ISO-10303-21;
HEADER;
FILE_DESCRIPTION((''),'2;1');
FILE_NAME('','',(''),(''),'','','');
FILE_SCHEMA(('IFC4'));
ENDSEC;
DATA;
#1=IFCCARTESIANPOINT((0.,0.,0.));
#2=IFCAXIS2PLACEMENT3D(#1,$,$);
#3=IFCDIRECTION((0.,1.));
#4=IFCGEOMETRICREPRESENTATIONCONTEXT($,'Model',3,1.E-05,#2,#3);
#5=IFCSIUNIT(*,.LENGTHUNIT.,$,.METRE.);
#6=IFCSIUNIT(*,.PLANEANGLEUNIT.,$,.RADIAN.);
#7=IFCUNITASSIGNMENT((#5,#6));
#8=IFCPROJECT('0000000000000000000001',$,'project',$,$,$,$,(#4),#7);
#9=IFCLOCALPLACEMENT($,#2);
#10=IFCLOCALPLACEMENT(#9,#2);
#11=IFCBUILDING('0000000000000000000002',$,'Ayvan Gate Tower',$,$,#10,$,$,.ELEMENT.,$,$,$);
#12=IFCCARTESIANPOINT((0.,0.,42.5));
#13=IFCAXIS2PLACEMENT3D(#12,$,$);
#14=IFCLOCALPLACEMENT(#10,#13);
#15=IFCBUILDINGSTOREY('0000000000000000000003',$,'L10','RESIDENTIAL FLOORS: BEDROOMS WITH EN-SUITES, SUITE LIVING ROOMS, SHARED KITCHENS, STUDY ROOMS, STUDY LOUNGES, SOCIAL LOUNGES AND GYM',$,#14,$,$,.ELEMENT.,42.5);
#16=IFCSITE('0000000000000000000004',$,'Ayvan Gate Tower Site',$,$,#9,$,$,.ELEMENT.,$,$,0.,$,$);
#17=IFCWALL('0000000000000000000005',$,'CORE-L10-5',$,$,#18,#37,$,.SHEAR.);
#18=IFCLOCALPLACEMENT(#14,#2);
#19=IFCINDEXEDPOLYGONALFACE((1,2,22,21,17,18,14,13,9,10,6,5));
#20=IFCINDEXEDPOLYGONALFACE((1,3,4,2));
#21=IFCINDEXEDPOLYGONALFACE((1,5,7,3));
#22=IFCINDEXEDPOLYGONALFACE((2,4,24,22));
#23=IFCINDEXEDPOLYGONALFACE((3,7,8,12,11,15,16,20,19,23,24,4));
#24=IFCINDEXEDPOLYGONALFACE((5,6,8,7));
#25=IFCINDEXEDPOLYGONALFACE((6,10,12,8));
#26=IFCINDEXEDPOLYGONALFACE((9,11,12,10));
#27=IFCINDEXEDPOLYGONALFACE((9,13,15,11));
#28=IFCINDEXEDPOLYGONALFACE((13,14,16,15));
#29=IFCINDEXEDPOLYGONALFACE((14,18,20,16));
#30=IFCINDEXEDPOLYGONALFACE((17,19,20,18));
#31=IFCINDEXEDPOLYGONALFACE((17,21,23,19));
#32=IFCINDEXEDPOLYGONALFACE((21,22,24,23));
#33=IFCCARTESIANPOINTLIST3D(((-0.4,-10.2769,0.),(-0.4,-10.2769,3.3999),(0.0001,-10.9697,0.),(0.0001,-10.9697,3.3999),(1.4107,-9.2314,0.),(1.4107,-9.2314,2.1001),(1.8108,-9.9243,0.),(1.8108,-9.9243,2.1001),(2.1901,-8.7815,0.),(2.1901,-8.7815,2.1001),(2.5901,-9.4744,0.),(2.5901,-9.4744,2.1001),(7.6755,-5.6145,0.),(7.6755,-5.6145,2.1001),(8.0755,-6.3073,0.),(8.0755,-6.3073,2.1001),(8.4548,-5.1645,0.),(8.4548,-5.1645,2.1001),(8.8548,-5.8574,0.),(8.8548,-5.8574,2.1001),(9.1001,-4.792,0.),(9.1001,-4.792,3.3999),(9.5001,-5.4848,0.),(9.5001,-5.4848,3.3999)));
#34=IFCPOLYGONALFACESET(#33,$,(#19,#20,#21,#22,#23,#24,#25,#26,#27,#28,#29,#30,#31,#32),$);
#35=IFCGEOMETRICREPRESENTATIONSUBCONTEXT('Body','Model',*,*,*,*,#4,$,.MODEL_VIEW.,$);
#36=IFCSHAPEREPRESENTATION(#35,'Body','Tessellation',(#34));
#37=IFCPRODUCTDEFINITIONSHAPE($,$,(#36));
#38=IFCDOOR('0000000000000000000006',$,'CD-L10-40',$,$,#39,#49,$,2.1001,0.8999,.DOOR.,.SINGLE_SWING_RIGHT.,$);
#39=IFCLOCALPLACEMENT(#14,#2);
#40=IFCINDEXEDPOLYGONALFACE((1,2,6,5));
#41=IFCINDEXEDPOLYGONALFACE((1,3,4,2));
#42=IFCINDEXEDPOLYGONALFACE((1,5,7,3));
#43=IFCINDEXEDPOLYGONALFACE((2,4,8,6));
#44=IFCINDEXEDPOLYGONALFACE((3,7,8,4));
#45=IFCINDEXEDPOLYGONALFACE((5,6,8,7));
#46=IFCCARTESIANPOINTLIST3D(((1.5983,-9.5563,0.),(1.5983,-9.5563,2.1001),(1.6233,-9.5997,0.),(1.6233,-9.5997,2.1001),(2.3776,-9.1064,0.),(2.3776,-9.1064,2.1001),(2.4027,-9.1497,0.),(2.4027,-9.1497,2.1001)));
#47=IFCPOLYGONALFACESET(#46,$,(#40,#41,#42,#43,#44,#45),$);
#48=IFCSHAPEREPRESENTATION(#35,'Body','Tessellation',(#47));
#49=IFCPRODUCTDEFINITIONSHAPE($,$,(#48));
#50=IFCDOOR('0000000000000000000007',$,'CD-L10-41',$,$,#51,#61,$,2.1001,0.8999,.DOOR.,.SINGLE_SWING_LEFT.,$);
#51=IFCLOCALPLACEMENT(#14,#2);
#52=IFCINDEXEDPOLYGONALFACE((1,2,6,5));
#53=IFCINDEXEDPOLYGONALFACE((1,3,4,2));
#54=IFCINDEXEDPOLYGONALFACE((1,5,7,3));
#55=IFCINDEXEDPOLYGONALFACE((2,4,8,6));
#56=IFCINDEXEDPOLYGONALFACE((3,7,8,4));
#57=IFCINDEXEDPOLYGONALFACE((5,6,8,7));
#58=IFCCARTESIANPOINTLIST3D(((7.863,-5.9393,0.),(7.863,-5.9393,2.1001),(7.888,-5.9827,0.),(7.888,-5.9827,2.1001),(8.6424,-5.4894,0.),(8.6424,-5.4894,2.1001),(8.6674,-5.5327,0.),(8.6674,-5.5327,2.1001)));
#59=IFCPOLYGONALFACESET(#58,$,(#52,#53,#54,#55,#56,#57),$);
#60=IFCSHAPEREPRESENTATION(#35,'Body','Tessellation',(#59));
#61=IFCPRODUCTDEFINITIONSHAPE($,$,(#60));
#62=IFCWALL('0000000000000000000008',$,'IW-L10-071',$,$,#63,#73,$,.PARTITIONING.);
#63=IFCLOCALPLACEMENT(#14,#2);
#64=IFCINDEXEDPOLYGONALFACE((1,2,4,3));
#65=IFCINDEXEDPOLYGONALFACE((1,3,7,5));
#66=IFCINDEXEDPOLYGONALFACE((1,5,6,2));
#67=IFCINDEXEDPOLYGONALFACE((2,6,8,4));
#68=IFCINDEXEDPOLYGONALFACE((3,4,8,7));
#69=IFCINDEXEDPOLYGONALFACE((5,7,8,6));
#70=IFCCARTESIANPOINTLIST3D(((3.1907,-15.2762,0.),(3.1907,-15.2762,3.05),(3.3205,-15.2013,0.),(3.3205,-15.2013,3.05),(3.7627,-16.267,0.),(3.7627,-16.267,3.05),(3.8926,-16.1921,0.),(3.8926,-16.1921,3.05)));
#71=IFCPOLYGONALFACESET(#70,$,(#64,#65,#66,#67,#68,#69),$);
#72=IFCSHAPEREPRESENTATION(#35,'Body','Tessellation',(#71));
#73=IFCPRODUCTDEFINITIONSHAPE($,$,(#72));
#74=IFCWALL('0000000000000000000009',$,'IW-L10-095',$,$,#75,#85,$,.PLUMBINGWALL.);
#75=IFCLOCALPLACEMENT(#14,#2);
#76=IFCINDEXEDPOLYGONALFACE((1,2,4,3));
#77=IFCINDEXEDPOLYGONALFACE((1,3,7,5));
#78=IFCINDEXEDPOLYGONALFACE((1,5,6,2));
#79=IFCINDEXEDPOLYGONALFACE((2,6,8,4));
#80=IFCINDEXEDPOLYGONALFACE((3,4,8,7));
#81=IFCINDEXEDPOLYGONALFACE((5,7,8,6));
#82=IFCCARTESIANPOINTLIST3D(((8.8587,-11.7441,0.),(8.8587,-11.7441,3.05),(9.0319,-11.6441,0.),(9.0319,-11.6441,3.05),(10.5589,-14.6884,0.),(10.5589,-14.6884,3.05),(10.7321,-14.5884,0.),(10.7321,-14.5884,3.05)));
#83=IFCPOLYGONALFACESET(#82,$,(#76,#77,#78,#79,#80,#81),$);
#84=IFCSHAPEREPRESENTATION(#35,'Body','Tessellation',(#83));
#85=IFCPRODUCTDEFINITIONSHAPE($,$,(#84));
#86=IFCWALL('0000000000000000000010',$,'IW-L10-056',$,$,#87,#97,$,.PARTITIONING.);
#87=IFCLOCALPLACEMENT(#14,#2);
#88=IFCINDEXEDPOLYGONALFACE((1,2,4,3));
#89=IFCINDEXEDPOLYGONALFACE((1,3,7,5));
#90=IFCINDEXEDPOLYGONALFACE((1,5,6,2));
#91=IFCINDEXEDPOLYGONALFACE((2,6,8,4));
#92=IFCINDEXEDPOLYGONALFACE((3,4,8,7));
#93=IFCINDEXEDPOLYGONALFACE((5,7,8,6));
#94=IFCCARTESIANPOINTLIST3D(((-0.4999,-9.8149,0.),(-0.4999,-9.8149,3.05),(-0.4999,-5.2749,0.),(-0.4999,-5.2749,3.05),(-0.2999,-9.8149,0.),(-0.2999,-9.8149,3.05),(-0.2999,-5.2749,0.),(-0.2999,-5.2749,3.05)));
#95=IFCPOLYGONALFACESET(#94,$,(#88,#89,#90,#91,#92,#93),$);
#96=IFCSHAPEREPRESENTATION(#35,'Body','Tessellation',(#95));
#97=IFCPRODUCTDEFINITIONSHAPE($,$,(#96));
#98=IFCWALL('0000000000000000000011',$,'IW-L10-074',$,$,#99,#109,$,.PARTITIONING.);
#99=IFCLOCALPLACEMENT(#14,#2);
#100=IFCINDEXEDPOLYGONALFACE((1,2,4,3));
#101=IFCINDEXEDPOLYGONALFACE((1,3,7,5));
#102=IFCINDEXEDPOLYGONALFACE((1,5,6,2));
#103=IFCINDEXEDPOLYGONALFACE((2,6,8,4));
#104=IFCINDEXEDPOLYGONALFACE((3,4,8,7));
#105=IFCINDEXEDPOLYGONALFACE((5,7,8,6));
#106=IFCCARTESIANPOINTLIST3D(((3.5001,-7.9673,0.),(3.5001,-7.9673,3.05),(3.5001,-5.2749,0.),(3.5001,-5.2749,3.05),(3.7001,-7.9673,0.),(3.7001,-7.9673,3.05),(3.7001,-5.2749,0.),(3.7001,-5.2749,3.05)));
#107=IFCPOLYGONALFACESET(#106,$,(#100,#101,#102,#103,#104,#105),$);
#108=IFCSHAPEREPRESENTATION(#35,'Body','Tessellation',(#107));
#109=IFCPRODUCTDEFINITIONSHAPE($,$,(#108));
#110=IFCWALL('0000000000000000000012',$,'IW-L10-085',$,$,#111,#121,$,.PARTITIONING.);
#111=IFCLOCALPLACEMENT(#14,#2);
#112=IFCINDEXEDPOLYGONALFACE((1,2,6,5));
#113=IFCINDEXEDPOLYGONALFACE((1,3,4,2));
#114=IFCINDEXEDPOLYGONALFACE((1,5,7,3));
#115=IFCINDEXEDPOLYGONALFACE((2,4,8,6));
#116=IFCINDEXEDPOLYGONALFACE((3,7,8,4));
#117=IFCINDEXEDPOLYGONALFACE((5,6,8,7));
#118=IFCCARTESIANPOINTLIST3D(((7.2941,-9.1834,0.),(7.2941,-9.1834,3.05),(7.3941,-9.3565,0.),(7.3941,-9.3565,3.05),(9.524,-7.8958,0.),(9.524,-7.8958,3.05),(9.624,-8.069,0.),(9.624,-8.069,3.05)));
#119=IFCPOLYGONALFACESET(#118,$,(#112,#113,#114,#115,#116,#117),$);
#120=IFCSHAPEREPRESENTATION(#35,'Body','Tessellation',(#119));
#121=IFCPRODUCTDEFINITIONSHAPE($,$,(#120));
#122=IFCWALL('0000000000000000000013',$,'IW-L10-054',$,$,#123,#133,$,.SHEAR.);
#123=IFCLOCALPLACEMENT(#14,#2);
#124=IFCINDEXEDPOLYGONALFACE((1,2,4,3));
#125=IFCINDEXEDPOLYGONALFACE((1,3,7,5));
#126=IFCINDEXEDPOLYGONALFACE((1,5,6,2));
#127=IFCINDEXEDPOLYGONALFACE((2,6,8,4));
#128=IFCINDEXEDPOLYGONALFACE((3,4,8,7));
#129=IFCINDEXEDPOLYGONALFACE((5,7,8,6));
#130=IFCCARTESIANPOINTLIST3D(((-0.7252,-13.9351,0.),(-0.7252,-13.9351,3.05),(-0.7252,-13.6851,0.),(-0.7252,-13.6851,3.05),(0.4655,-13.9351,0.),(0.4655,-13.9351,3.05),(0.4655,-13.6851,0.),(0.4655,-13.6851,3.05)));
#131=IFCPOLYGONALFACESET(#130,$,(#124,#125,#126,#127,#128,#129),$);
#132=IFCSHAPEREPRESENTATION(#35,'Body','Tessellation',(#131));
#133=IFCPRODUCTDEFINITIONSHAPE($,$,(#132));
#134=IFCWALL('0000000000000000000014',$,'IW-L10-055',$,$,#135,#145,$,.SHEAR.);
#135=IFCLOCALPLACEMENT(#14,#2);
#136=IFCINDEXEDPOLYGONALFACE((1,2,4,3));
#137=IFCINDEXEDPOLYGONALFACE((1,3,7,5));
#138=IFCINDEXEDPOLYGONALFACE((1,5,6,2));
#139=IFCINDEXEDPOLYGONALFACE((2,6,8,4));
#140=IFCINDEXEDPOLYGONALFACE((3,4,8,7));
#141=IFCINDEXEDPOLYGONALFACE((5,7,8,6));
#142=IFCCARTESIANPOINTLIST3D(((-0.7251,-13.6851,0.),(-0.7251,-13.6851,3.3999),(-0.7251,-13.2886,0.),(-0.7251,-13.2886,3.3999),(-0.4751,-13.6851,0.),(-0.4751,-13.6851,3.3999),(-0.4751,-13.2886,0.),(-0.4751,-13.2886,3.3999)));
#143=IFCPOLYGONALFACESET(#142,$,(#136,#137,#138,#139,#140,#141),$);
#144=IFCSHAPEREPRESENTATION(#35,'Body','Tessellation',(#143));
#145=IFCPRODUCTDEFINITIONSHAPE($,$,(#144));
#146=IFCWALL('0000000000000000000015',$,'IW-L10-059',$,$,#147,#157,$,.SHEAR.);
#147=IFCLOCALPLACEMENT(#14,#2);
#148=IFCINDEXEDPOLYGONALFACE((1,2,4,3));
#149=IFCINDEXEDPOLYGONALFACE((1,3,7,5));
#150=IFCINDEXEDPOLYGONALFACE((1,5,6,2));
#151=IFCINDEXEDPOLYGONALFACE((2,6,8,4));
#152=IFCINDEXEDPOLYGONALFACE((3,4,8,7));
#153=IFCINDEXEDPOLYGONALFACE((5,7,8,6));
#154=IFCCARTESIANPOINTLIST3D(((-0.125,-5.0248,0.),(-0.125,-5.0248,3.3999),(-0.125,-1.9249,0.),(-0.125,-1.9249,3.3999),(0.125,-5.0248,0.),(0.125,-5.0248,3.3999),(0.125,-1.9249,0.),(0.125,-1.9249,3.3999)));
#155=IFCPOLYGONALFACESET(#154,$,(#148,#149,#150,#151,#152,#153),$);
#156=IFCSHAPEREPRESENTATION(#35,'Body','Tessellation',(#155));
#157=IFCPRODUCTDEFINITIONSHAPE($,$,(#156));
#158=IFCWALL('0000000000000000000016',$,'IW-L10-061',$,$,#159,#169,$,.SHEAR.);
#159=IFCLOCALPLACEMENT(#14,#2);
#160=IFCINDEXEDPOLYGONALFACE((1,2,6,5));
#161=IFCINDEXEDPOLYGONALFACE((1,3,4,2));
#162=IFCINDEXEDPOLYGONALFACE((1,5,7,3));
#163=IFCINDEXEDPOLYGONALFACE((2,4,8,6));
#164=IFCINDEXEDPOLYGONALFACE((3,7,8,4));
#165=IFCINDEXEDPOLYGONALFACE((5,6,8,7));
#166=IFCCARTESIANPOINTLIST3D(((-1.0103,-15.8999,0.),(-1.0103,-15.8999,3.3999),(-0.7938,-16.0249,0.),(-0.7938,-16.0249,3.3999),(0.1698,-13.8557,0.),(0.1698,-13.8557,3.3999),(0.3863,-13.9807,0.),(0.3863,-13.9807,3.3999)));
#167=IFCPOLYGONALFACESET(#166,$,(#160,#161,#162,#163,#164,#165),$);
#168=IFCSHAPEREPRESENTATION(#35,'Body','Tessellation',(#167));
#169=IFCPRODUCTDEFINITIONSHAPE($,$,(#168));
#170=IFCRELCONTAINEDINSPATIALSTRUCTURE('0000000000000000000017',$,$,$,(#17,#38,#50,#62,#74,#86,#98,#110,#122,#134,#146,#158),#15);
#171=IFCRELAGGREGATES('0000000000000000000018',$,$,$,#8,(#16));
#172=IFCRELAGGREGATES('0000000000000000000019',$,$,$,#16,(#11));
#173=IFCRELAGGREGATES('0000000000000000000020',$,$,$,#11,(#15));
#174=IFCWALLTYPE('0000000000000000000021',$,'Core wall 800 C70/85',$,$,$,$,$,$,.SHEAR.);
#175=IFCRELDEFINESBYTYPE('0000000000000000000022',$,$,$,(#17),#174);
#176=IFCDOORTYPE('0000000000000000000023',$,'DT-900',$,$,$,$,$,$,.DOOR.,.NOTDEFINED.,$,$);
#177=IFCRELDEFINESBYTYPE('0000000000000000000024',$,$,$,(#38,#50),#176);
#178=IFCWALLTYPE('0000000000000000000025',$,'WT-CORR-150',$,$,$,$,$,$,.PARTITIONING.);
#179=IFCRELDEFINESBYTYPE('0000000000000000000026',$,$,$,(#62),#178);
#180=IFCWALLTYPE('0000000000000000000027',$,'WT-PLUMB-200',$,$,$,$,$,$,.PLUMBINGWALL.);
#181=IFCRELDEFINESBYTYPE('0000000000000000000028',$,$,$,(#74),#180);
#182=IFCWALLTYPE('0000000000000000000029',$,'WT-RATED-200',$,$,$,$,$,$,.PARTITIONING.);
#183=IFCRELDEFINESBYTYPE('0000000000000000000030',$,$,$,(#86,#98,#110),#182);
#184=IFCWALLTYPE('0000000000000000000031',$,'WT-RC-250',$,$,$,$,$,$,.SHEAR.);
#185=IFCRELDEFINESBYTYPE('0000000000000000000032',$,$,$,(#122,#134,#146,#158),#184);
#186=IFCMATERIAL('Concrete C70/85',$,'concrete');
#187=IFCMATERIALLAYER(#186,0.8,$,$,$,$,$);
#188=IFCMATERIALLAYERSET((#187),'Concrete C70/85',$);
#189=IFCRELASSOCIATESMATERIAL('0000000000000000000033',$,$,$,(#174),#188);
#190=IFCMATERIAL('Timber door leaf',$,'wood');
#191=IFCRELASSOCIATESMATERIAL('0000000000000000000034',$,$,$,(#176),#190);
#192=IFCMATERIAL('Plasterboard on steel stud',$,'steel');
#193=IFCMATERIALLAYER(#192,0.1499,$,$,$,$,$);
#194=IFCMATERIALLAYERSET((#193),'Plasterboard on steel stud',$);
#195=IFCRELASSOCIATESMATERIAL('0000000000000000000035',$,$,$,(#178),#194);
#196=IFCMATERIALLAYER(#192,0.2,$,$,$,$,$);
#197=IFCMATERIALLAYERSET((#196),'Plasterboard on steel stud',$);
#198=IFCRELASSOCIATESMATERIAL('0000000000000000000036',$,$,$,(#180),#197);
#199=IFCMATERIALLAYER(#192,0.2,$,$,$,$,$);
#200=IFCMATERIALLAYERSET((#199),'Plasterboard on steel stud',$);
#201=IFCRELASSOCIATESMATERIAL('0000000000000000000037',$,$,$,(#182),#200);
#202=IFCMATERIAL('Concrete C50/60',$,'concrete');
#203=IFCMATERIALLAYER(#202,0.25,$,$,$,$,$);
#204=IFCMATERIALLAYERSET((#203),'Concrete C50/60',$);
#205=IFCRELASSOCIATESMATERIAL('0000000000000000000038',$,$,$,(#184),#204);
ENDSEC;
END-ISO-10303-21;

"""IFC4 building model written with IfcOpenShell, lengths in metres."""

from ifc_helpers import new_model, si_unit, direction, frame, frame_2d, origin, place, context, subcontext, project, spatial, rectangle, extrude, material, layer, layer_set, type_object, element, fill, save


model = new_model("IFC4")

# Units and contexts
model_context = context("Model", 3, precision=1e-05, world=origin(), true_north=direction((0.0, 1.0)))
body_context = subcontext(model_context, "Body", "Model", "MODEL_VIEW")
ifc_project = project(units=[si_unit("LENGTHUNIT", "METRE"), si_unit("PLANEANGLEUNIT", "RADIAN")], contexts=[model_context])

# Site, building, storey
site_placement = place(None, origin())
site = spatial("IfcSite", under=ifc_project, at=site_placement, Name="Ayvan Gate Tower Site", CompositionType="ELEMENT", RefElevation=0.0)
building_placement = place(site_placement, origin())
building = spatial("IfcBuilding", under=site, at=building_placement, Name="Ayvan Gate Tower", CompositionType="ELEMENT")
storey_placement = place(building_placement, frame((0.0, 0.0, 42.5)))
storey = spatial("IfcBuildingStorey", under=building, at=storey_placement, Name="L10", Description="RESIDENTIAL FLOORS: BEDROOMS WITH EN-SUITES, SUITE LIVING ROOMS, SHARED KITCHENS, STUDY ROOMS, STUDY LOUNGES, SOCIAL LOUNGES AND GYM", CompositionType="ELEMENT", Elevation=42.5)

# Wall, openings, doors
ifc_material_1 = material(Name="Concrete C70/85", Category="concrete")
ifc_layer_1 = layer(ifc_material_1, 0.8)
ifc_layer_set_1 = layer_set([ifc_layer_1], Name="Concrete C70/85")
wall_type_1 = type_object("IfcWallType", Name="Core wall 800 C70/85", PredefinedType="SHEAR", material=ifc_layer_set_1)
wall_1_placement = place(storey_placement, frame((-0.2, -10.6233, 0.0), z_axis=(0.0, 0.0, 1.0), x_axis=(0.866024, 0.500002, 0.0)))
wall_1 = element("IfcWall", 1, at=wall_1_placement, inside=storey, type_object=wall_type_1, Name="CORE-L10-5", PredefinedType="SHEAR", context=body_context, shape_type="SweptSolid", body=[
    extrude(rectangle(XDim=10.9697, YDim=0.8, at=frame_2d((5.4849, 0.0))), origin(), (0.0, 0.0, 1.0), 3.3999),
])
opening_1_placement = place(wall_1_placement, frame((2.0908, 0.0, 0.0)))
opening_1 = element("IfcOpeningElement", 2, at=opening_1_placement, cuts=wall_1, PredefinedType="OPENING", context=body_context, shape_type="SweptSolid", body=[
    extrude(rectangle(XDim=0.8999, YDim=2.1001, at=frame_2d((0.45, 1.05))), frame((0.0, 0.4099, 0.0), z_axis=(0.0, -1.0, 0.0), x_axis=(1.0, 0.0, 0.0)), (0.0, 0.0, 1.0), 0.8201),
])
opening_2_placement = place(wall_1_placement, frame((9.3247, 0.0, 0.0)))
opening_2 = element("IfcOpeningElement", 3, at=opening_2_placement, cuts=wall_1, PredefinedType="OPENING", context=body_context, shape_type="SweptSolid", body=[
    extrude(rectangle(XDim=0.8999, YDim=2.1001, at=frame_2d((0.45, 1.05))), frame((0.0, 0.4099, 0.0), z_axis=(0.0, -1.0, 0.0), x_axis=(1.0, 0.0, 0.0)), (0.0, 0.0, 1.0), 0.8201),
])
ifc_material_2 = material(Name="Timber door leaf", Category="wood")
door_type_1 = type_object("IfcDoorType", Name="DT-900", OperationType="NOTDEFINED", PredefinedType="DOOR", material=ifc_material_2)
door_1_placement = place(opening_1_placement, origin())
door_1 = element("IfcDoor", 4, at=door_1_placement, inside=storey, type_object=door_type_1, Name="CD-L10-40", OperationType="SINGLE_SWING_RIGHT", OverallHeight=2.1001, OverallWidth=0.8999, PredefinedType="DOOR", context=body_context, shape_type="SweptSolid", body=[
    extrude(rectangle(XDim=0.8999, YDim=2.1001, at=frame_2d((0.45, 1.05))), frame((0.0, 0.0249, 0.0), z_axis=(0.0, -1.0, 0.0), x_axis=(1.0, 0.0, 0.0)), (0.0, 0.0, 1.0), 0.05),
])
fill(opening_1, door_1)
door_2_placement = place(opening_2_placement, origin())
door_2 = element("IfcDoor", 5, at=door_2_placement, inside=storey, type_object=door_type_1, Name="CD-L10-41", OperationType="SINGLE_SWING_LEFT", OverallHeight=2.1001, OverallWidth=0.8999, PredefinedType="DOOR", context=body_context, shape_type="SweptSolid", body=[
    extrude(rectangle(XDim=0.8999, YDim=2.1001, at=frame_2d((0.45, 1.05))), frame((0.0, 0.0249, 0.0), z_axis=(0.0, -1.0, 0.0), x_axis=(1.0, 0.0, 0.0)), (0.0, 0.0, 1.0), 0.05),
])
fill(opening_2, door_2)

# Walls
ifc_material_3 = material(Name="Plasterboard on steel stud", Category="steel")
ifc_layer_2 = layer(ifc_material_3, 0.1499)
ifc_layer_set_2 = layer_set([ifc_layer_2], Name="Plasterboard on steel stud")
wall_type_2 = type_object("IfcWallType", Name="WT-CORR-150", PredefinedType="PARTITIONING", material=ifc_layer_set_2)
wall_2_placement = place(storey_placement, frame((3.2556, -15.2388, 0.0), z_axis=(0.0, 0.0, 1.0), x_axis=(0.500018, -0.866015, 0.0)))
element("IfcWall", 6, at=wall_2_placement, inside=storey, type_object=wall_type_2, Name="IW-L10-071", PredefinedType="PARTITIONING", context=body_context, shape_type="SweptSolid", body=[
    extrude(rectangle(XDim=1.144, YDim=0.1499, at=frame_2d((0.572, 0.0))), origin(), (0.0, 0.0, 1.0), 3.05),
])
ifc_layer_3 = layer(ifc_material_3, 0.2)
ifc_layer_set_3 = layer_set([ifc_layer_3], Name="Plasterboard on steel stud")
wall_type_3 = type_object("IfcWallType", Name="WT-PLUMB-200", PredefinedType="PLUMBINGWALL", material=ifc_layer_set_3)
wall_3_placement = place(storey_placement, frame((8.9453, -11.6941, 0.0), z_axis=(0.0, 0.0, 1.0), x_axis=(0.500062, -0.865989, 0.0)))
element("IfcWall", 7, at=wall_3_placement, inside=storey, type_object=wall_type_3, Name="IW-L10-095", PredefinedType="PLUMBINGWALL", context=body_context, shape_type="SweptSolid", body=[
    extrude(rectangle(XDim=3.3999, YDim=0.2, at=frame_2d((1.7, 0.0))), origin(), (0.0, 0.0, 1.0), 3.05),
])
ifc_layer_4 = layer(ifc_material_3, 0.2)
ifc_layer_set_4 = layer_set([ifc_layer_4], Name="Plasterboard on steel stud")
wall_type_4 = type_object("IfcWallType", Name="WT-RATED-200", PredefinedType="PARTITIONING", material=ifc_layer_set_4)
wall_4_placement = place(storey_placement, frame((-0.3999, -5.2749, 0.0), z_axis=(0.0, 0.0, 1.0), x_axis=(0.0, -1.0, 0.0)))
element("IfcWall", 8, at=wall_4_placement, inside=storey, type_object=wall_type_4, Name="IW-L10-056", PredefinedType="PARTITIONING", context=body_context, shape_type="SweptSolid", body=[
    extrude(rectangle(XDim=4.54, YDim=0.2, at=frame_2d((2.27, 0.0))), origin(), (0.0, 0.0, 1.0), 3.05),
])
wall_5_placement = place(storey_placement, frame((3.6001, -5.2749, 0.0), z_axis=(0.0, 0.0, 1.0), x_axis=(0.0, -1.0, 0.0)))
element("IfcWall", 9, at=wall_5_placement, inside=storey, type_object=wall_type_4, Name="IW-L10-074", PredefinedType="PARTITIONING", context=body_context, shape_type="SweptSolid", body=[
    extrude(rectangle(XDim=2.6924, YDim=0.2, at=frame_2d((1.3462, 0.0))), origin(), (0.0, 0.0, 1.0), 3.05),
])
wall_6_placement = place(storey_placement, frame((7.344, -9.27, 0.0), z_axis=(0.0, 0.0, 1.0), x_axis=(0.866006, 0.500034, 0.0)))
element("IfcWall", 10, at=wall_6_placement, inside=storey, type_object=wall_type_4, Name="IW-L10-085", PredefinedType="PARTITIONING", context=body_context, shape_type="SweptSolid", body=[
    extrude(rectangle(XDim=2.575, YDim=0.2, at=frame_2d((1.2876, 0.0))), origin(), (0.0, 0.0, 1.0), 3.05),
])
ifc_material_4 = material(Name="Concrete C50/60", Category="concrete")
ifc_layer_5 = layer(ifc_material_4, 0.25)
ifc_layer_set_5 = layer_set([ifc_layer_5], Name="Concrete C50/60")
wall_type_5 = type_object("IfcWallType", Name="WT-RC-250", PredefinedType="SHEAR", material=ifc_layer_set_5)
wall_7_placement = place(storey_placement, frame((-0.7251, -13.8101, 0.0), z_axis=(0.0, 0.0, 1.0), x_axis=(1.0, 0.0, 0.0)))
element("IfcWall", 11, at=wall_7_placement, inside=storey, type_object=wall_type_5, Name="IW-L10-054", PredefinedType="SHEAR", context=body_context, shape_type="SweptSolid", body=[
    extrude(rectangle(XDim=1.1907, YDim=0.25, at=frame_2d((0.5952, 0.0))), origin(), (0.0, 0.0, 1.0), 3.05),
])
wall_8_placement = place(storey_placement, frame((-0.6001, -13.2886, 0.0), z_axis=(0.0, 0.0, 1.0), x_axis=(0.0, -1.0, 0.0)))
element("IfcWall", 12, at=wall_8_placement, inside=storey, type_object=wall_type_5, Name="IW-L10-055", PredefinedType="SHEAR", context=body_context, shape_type="SweptSolid", body=[
    extrude(rectangle(XDim=0.3965, YDim=0.25, at=frame_2d((0.1982, 0.0))), origin(), (0.0, 0.0, 1.0), 3.3999),
])
wall_9_placement = place(storey_placement, frame((0.0, -1.925, 0.0), z_axis=(0.0, 0.0, 1.0), x_axis=(0.0, -1.0, 0.0)))
element("IfcWall", 13, at=wall_9_placement, inside=storey, type_object=wall_type_5, Name="IW-L10-059", PredefinedType="SHEAR", context=body_context, shape_type="SweptSolid", body=[
    extrude(rectangle(XDim=3.0999, YDim=0.25, at=frame_2d((1.5498, 0.0))), origin(), (0.0, 0.0, 1.0), 3.3999),
])
wall_10_placement = place(storey_placement, frame((0.2781, -13.9182, 0.0), z_axis=(0.0, 0.0, 1.0), x_axis=(-0.499988, -0.866032, 0.0)))
element("IfcWall", 14, at=wall_10_placement, inside=storey, type_object=wall_type_5, Name="IW-L10-061", PredefinedType="SHEAR", context=body_context, shape_type="SweptSolid", body=[
    extrude(rectangle(XDim=2.3604, YDim=0.25, at=frame_2d((1.1802, 0.0))), origin(), (0.0, 0.0, 1.0), 3.3999),
])

save(model, "model.ifc")
